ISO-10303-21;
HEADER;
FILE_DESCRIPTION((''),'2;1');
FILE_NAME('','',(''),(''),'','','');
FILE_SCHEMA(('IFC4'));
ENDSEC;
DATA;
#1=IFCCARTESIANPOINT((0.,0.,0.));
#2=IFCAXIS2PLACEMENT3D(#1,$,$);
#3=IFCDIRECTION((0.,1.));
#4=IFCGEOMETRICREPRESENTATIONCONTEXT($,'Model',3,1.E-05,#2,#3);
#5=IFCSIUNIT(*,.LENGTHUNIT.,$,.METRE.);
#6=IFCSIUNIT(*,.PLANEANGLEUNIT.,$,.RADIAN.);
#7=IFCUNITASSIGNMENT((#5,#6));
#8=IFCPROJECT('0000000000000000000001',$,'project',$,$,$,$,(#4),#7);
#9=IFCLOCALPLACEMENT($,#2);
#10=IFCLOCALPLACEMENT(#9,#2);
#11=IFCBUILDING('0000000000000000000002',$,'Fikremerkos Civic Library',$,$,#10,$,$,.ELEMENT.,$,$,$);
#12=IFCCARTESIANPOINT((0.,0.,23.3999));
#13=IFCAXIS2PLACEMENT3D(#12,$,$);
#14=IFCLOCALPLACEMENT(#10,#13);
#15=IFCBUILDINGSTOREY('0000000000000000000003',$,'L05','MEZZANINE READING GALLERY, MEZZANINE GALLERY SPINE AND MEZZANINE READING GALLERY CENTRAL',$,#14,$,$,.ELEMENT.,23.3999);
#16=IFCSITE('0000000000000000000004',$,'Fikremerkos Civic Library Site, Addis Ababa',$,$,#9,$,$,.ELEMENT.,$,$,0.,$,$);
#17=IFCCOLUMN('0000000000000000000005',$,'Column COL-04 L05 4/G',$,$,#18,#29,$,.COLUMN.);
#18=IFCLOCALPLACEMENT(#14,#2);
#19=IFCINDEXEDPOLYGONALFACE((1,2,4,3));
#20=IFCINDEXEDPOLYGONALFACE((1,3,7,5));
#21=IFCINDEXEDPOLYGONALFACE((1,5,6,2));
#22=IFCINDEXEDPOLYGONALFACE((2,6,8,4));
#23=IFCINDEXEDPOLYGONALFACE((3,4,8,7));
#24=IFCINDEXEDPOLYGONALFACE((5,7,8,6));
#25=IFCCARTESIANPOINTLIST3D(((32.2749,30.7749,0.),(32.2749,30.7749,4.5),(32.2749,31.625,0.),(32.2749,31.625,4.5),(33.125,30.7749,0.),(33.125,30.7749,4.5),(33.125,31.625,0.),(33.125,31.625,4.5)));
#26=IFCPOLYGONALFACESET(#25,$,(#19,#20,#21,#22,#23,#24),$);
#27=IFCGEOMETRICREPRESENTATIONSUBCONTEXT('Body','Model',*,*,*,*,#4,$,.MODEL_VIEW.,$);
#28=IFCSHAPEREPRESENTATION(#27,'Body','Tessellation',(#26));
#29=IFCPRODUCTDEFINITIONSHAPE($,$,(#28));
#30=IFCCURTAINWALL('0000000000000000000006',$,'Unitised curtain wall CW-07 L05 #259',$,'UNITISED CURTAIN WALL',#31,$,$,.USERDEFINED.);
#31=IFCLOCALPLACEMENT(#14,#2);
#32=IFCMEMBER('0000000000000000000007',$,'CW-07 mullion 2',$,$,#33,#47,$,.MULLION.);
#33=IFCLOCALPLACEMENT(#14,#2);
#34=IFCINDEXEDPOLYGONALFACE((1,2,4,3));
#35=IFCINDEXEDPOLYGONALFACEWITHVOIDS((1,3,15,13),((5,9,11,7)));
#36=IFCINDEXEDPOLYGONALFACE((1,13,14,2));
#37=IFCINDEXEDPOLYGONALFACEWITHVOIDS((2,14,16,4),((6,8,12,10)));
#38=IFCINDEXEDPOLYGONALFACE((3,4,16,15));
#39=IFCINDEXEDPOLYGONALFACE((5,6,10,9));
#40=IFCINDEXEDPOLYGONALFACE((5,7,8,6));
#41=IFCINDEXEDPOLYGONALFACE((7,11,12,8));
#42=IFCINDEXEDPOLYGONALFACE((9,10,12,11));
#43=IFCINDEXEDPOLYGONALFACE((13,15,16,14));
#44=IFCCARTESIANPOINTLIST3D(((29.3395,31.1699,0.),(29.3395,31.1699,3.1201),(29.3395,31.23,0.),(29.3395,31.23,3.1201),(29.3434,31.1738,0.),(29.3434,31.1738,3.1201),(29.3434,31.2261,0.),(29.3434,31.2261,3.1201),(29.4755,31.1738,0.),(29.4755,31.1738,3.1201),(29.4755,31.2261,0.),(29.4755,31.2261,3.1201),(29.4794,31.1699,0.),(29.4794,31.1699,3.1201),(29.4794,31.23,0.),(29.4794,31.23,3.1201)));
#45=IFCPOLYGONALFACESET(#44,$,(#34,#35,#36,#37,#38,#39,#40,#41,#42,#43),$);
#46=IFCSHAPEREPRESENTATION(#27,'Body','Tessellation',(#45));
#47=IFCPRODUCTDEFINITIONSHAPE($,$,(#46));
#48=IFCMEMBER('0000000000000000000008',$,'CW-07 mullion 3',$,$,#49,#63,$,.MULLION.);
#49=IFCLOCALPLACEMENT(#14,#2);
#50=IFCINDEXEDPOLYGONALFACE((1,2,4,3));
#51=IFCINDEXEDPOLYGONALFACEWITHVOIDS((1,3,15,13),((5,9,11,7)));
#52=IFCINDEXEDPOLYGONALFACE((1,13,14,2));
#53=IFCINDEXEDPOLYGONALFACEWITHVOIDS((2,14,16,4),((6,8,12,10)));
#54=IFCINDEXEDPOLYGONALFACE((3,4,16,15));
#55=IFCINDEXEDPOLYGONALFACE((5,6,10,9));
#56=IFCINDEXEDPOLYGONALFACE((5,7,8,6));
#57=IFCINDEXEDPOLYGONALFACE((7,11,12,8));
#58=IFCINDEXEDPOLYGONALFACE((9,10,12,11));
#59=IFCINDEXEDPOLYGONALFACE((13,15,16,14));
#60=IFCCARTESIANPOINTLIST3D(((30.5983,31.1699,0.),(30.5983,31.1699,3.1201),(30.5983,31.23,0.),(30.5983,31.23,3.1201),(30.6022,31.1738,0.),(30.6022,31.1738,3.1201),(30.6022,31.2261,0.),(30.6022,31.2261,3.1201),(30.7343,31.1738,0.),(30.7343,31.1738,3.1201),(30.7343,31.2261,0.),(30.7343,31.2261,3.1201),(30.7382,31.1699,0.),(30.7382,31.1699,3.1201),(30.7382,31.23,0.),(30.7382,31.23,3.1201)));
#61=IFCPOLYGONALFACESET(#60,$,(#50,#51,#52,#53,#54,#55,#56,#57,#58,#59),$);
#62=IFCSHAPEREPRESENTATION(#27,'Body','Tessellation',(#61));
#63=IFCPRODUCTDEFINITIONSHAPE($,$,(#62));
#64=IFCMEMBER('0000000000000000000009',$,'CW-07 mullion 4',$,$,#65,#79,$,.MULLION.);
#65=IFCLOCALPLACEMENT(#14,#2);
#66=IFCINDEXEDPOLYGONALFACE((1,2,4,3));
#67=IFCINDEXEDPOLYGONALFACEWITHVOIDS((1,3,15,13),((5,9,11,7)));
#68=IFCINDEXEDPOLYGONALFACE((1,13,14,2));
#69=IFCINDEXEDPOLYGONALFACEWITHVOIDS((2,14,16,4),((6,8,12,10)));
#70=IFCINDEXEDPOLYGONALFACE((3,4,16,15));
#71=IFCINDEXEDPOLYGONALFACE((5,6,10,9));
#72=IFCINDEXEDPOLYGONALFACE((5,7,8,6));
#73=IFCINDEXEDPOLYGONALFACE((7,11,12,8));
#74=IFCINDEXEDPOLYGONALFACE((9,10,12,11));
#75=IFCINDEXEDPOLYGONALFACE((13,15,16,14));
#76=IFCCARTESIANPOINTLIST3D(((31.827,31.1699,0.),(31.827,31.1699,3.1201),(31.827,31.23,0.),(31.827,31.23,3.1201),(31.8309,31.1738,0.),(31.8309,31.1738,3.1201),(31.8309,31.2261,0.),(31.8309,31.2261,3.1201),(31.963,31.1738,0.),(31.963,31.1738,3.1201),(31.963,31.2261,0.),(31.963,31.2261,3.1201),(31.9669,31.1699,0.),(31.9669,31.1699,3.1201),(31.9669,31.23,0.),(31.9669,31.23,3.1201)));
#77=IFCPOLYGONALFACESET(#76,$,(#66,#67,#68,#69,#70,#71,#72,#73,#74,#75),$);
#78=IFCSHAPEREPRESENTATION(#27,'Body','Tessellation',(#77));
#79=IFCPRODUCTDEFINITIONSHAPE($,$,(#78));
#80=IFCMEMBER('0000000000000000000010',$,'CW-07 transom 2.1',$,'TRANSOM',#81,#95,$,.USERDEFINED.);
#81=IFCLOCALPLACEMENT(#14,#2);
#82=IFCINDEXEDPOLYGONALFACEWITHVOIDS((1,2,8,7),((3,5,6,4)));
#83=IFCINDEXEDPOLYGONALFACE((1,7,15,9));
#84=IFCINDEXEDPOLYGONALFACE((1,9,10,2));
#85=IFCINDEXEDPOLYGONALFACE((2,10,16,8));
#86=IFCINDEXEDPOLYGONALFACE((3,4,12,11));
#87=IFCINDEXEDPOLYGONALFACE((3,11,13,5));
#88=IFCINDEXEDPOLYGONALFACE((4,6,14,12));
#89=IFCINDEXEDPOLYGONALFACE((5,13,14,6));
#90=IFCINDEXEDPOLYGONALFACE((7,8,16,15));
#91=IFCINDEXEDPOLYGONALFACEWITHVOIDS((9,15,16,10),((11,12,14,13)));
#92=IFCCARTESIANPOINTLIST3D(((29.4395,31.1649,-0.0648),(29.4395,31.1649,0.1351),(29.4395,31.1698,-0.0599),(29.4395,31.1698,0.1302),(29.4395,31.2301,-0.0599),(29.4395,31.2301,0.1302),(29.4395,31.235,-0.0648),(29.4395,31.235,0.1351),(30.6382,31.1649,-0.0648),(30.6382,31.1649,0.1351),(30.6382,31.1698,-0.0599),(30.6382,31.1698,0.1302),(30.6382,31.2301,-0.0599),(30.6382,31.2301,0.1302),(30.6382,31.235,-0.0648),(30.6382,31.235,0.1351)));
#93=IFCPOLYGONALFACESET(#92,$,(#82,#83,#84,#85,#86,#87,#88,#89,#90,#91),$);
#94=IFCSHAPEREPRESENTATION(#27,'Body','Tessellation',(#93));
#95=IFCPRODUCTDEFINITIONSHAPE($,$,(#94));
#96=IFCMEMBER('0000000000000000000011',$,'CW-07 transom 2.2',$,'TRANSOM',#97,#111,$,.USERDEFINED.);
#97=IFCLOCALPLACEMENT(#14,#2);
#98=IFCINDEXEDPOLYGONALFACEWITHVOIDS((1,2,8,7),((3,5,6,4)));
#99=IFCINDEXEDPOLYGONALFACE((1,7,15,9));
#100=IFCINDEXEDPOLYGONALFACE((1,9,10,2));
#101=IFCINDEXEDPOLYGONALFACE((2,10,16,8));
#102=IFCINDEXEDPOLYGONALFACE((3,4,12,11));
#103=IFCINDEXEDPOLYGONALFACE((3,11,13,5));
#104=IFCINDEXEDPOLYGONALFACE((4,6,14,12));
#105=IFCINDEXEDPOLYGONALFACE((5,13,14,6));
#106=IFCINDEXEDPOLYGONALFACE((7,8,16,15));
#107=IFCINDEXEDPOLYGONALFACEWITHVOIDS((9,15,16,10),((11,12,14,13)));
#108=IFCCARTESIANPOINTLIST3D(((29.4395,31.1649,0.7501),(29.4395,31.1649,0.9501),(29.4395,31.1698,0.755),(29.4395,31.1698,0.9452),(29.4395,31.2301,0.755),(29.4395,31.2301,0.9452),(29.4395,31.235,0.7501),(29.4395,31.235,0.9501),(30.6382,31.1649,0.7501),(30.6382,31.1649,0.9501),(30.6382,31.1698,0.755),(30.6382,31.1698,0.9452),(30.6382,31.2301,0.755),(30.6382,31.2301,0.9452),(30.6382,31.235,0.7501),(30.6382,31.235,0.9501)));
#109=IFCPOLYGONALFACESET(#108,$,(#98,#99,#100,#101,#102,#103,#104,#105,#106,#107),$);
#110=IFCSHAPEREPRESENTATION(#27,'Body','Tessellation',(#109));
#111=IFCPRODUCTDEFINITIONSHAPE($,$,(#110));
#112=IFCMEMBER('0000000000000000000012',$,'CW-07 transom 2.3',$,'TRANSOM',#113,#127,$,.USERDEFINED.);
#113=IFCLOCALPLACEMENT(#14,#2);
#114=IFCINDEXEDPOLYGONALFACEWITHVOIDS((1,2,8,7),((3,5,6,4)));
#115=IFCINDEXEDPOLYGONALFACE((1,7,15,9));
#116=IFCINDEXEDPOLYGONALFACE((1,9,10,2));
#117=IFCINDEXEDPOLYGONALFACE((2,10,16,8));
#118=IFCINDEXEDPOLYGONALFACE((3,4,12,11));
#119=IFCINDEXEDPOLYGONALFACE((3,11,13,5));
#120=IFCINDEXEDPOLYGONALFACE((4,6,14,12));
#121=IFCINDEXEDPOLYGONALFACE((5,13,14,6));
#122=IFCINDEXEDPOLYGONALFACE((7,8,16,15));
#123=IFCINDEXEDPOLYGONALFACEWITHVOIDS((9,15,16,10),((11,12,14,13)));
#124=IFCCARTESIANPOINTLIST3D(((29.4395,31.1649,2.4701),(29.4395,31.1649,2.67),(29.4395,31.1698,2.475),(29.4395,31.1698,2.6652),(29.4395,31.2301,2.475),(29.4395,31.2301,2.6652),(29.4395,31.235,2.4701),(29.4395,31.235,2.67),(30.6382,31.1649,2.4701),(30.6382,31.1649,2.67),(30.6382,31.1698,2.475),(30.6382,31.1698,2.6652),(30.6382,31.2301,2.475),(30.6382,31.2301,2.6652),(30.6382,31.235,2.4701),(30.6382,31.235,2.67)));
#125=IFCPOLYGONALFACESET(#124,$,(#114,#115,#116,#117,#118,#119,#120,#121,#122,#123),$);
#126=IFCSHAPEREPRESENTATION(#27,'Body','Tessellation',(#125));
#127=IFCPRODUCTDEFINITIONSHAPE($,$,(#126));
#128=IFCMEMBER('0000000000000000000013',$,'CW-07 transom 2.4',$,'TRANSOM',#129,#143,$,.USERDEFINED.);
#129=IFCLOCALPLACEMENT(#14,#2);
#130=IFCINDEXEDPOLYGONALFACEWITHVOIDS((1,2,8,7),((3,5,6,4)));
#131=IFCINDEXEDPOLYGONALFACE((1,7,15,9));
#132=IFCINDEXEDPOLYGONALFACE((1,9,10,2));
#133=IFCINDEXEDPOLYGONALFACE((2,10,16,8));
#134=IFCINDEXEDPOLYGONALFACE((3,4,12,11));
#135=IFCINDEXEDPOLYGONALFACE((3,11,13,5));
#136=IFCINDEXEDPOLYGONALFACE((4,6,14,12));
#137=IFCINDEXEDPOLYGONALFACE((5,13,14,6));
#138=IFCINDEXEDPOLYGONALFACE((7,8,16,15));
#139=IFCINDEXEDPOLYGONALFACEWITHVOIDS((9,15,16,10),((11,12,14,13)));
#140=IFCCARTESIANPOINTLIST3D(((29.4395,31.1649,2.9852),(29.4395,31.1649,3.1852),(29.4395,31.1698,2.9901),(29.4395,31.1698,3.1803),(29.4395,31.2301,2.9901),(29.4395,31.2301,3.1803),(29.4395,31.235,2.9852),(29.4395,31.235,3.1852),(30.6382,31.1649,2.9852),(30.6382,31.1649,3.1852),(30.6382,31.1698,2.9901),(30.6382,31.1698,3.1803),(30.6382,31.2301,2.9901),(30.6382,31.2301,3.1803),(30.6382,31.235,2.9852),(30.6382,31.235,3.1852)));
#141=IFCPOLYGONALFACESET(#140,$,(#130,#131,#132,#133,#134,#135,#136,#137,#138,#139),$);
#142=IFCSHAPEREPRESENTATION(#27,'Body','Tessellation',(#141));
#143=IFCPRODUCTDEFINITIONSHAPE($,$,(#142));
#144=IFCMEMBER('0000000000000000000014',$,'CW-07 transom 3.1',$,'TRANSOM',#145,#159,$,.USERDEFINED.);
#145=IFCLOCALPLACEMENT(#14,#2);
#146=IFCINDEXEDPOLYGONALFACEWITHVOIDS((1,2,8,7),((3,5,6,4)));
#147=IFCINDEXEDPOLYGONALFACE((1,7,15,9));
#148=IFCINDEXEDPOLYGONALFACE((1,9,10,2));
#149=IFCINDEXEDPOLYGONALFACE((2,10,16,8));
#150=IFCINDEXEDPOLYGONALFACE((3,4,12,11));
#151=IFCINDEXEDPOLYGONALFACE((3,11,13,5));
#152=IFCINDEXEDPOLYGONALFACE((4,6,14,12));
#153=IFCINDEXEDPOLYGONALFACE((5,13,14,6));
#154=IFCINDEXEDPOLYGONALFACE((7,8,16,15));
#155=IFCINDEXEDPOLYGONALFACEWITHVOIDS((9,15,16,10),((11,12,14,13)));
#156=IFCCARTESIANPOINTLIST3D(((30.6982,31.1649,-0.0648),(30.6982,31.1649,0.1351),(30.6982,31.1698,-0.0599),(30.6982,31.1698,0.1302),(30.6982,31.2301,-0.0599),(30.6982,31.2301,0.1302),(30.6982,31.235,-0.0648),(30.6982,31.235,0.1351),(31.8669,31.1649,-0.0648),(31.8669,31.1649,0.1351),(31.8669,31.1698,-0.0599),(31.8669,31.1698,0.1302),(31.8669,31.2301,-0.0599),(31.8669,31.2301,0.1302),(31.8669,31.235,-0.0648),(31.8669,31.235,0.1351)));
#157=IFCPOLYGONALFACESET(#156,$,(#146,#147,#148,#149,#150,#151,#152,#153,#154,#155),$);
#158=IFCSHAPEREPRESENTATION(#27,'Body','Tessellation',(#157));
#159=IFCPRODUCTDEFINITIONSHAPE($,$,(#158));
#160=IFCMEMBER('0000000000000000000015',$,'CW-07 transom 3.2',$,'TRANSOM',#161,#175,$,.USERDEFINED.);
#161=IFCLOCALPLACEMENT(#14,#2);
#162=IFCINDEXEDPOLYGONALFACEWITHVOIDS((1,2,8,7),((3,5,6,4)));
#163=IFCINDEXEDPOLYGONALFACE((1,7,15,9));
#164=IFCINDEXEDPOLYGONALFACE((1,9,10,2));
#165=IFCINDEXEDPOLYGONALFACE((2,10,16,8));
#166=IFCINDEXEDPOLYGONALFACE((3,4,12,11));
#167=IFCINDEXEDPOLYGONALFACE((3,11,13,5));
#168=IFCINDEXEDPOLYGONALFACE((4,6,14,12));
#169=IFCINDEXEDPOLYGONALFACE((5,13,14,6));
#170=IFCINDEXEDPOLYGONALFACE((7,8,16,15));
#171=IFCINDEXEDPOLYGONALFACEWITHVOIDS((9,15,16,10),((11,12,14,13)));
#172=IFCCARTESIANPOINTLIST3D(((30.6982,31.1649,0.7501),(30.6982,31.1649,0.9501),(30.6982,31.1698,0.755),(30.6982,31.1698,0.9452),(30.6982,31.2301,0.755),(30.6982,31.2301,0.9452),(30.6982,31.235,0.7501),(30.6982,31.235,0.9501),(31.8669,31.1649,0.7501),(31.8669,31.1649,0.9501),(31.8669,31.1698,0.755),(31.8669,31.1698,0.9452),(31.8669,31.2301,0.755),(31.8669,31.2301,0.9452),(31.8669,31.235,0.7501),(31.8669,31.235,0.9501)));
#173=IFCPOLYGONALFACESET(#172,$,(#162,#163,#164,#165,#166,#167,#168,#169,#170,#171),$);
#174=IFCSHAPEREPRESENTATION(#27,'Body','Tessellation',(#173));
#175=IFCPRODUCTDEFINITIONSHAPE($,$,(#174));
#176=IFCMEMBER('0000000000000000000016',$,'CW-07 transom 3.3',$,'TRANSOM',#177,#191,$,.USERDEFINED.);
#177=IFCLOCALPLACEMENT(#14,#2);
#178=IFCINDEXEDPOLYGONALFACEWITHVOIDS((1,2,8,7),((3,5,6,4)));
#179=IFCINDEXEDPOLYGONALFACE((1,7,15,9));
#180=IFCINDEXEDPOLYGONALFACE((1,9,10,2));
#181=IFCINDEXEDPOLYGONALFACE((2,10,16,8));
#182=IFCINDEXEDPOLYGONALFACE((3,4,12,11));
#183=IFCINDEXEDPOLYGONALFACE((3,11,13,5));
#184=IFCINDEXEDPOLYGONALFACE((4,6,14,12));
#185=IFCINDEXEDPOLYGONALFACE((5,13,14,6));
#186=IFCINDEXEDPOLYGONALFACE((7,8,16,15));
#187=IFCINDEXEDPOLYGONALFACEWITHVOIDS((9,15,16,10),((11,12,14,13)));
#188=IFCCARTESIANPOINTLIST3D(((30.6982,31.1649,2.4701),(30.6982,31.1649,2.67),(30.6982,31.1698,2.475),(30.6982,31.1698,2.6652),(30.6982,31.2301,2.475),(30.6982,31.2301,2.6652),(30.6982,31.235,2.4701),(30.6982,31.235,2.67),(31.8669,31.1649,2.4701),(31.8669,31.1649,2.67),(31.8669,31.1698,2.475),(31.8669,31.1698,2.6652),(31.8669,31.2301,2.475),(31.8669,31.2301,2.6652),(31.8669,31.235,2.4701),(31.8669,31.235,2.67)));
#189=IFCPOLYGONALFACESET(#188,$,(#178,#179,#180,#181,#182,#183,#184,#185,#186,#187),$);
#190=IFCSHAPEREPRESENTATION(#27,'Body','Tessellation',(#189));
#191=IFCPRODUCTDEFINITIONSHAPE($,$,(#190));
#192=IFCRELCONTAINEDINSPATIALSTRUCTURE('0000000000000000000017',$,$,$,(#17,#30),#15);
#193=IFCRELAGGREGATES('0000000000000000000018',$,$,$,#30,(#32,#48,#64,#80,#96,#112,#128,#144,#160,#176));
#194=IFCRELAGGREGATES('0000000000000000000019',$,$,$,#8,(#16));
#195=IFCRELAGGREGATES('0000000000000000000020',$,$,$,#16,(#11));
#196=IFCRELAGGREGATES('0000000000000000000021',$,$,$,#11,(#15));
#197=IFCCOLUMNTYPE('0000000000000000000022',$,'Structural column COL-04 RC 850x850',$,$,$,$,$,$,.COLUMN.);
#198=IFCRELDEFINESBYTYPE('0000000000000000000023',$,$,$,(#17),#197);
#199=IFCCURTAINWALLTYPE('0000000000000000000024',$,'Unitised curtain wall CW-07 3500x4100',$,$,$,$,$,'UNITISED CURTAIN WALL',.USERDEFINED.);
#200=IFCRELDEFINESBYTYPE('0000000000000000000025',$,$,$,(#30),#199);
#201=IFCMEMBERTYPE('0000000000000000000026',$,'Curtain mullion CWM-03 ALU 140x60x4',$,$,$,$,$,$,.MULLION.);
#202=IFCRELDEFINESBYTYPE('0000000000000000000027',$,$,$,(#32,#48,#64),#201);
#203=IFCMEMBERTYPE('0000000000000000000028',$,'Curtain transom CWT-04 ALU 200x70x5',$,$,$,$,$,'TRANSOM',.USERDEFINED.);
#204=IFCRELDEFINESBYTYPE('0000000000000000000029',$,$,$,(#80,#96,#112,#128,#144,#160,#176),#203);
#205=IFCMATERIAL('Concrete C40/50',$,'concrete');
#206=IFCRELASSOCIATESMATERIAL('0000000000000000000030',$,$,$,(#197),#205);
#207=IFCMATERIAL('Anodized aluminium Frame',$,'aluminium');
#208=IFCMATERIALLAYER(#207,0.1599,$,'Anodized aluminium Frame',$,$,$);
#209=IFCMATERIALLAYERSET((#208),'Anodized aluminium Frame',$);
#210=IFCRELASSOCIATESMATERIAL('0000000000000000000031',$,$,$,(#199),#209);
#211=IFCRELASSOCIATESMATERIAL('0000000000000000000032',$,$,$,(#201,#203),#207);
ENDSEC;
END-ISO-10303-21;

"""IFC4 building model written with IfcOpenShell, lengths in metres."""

from ifc_helpers import new_model, si_unit, direction, frame, origin, origin_2d, place, context, subcontext, project, spatial, rectangle, hollow_rectangle, extrude, material, layer, layer_set, material_profile, profile_set, type_object, element, aggregate, save


model = new_model("IFC4")

# Units and contexts
model_context = context("Model", 3, precision=1e-05, world=origin(), true_north=direction((0.0, 1.0)))
body_context = subcontext(model_context, "Body", "Model", "MODEL_VIEW")
ifc_project = project(units=[si_unit("LENGTHUNIT", "METRE"), si_unit("PLANEANGLEUNIT", "RADIAN")], contexts=[model_context])

# Site, building, storey
site_placement = place(None, origin())
site = spatial("IfcSite", under=ifc_project, at=site_placement, Name="Fikremerkos Civic Library Site, Addis Ababa", CompositionType="ELEMENT", RefElevation=0.0)
building_placement = place(site_placement, origin())
building = spatial("IfcBuilding", under=site, at=building_placement, Name="Fikremerkos Civic Library", CompositionType="ELEMENT")
storey_placement = place(building_placement, frame((0.0, 0.0, 23.3999)))
storey = spatial("IfcBuildingStorey", under=building, at=storey_placement, Name="L05", Description="MEZZANINE READING GALLERY, MEZZANINE GALLERY SPINE AND MEZZANINE READING GALLERY CENTRAL", CompositionType="ELEMENT", Elevation=23.3999)

# Column
ifc_material_1 = material(Name="Concrete C40/50", Category="concrete")
ifc_material_profile_1 = material_profile(ifc_material_1, rectangle(XDim=0.8501, YDim=0.8501, at=origin_2d()), Name="RC 850x850")
ifc_profile_set_1 = profile_set([ifc_material_profile_1], Name="Concrete C40/50")
column_type = type_object("IfcColumnType", Name="Structural column COL-04 RC 850x850", PredefinedType="COLUMN", material=ifc_profile_set_1)
column_placement = place(storey_placement, frame((32.7, 31.2, 0.0), z_axis=(0.0, 0.0, 1.0), x_axis=(1.0, 0.0, 0.0)))
element("IfcColumn", 1, at=column_placement, inside=storey, type_object=column_type, Name="Column COL-04 L05 4/G", PredefinedType="COLUMN", context=body_context, shape_type="SweptSolid", body=[
    extrude(rectangle(XDim=0.8501, YDim=0.8501, at=origin_2d()), origin(), (0.0, 0.0, 1.0), 4.5),
])

# Curtain wall, members
ifc_material_2 = material(Name="Anodized aluminium Frame", Category="aluminium")
ifc_layer_1 = layer(ifc_material_2, 0.1599, Name="Anodized aluminium Frame")
ifc_layer_set_1 = layer_set([ifc_layer_1], Name="Anodized aluminium Frame")
curtain_wall_type = type_object("IfcCurtainWallType", Name="Unitised curtain wall CW-07 3500x4100", ElementType="UNITISED CURTAIN WALL", PredefinedType="USERDEFINED", material=ifc_layer_set_1)
curtain_wall_placement = place(storey_placement, origin())
curtain_wall = element("IfcCurtainWall", 2, at=curtain_wall_placement, inside=storey, type_object=curtain_wall_type, Name="Unitised curtain wall CW-07 L05 #259", ObjectType="UNITISED CURTAIN WALL", PredefinedType="USERDEFINED")
ifc_material_profile_2 = material_profile(ifc_material_2, hollow_rectangle(XDim=0.0601, YDim=0.1399, WallThickness=0.0039, at=origin_2d()), Name="ALU 140x60x4")
ifc_profile_set_2 = profile_set([ifc_material_profile_2], Name="Anodized aluminium Frame")
member_type_1 = type_object("IfcMemberType", Name="Curtain mullion CWM-03 ALU 140x60x4", PredefinedType="MULLION", material=ifc_profile_set_2)
member_1_placement = place(storey_placement, frame((29.4094, 31.2, 0.0), z_axis=(0.0, 0.0, 1.0), x_axis=(0.0, 1.0, 0.0)))
member_1 = element("IfcMember", 3, at=member_1_placement, type_object=member_type_1, Name="CW-07 mullion 2", PredefinedType="MULLION", context=body_context, shape_type="SweptSolid", body=[
    extrude(hollow_rectangle(XDim=0.0601, YDim=0.1399, WallThickness=0.0039, at=origin_2d()), origin(), (0.0, 0.0, 1.0), 3.1201),
])
member_2_placement = place(storey_placement, frame((30.6682, 31.2, 0.0), z_axis=(0.0, 0.0, 1.0), x_axis=(0.0, 1.0, 0.0)))
member_2 = element("IfcMember", 4, at=member_2_placement, type_object=member_type_1, Name="CW-07 mullion 3", PredefinedType="MULLION", context=body_context, shape_type="SweptSolid", body=[
    extrude(hollow_rectangle(XDim=0.0601, YDim=0.1399, WallThickness=0.0039, at=origin_2d()), origin(), (0.0, 0.0, 1.0), 3.1201),
])
member_3_placement = place(storey_placement, frame((31.897, 31.2, 0.0), z_axis=(0.0, 0.0, 1.0), x_axis=(0.0, 1.0, 0.0)))
member_3 = element("IfcMember", 5, at=member_3_placement, type_object=member_type_1, Name="CW-07 mullion 4", PredefinedType="MULLION", context=body_context, shape_type="SweptSolid", body=[
    extrude(hollow_rectangle(XDim=0.0601, YDim=0.1399, WallThickness=0.0039, at=origin_2d()), origin(), (0.0, 0.0, 1.0), 3.1201),
])
ifc_material_profile_3 = material_profile(ifc_material_2, hollow_rectangle(XDim=0.0701, YDim=0.2, WallThickness=0.0049, at=origin_2d()), Name="ALU 200x70x5")
ifc_profile_set_3 = profile_set([ifc_material_profile_3], Name="Anodized aluminium Frame")
member_type_2 = type_object("IfcMemberType", Name="Curtain transom CWT-04 ALU 200x70x5", ElementType="TRANSOM", PredefinedType="USERDEFINED", material=ifc_profile_set_3)
member_4_placement = place(storey_placement, frame((29.4395, 31.2, 0.0352), z_axis=(1.0, 0.0, 0.0), x_axis=(0.0, 1.0, 0.0)))
member_4 = element("IfcMember", 6, at=member_4_placement, type_object=member_type_2, Name="CW-07 transom 2.1", ObjectType="TRANSOM", PredefinedType="USERDEFINED", context=body_context, shape_type="SweptSolid", body=[
    extrude(hollow_rectangle(XDim=0.0701, YDim=0.2, WallThickness=0.0049, at=origin_2d()), origin(), (0.0, 0.0, 1.0), 1.1987),
])
member_5_placement = place(storey_placement, frame((29.4395, 31.2, 0.8501), z_axis=(1.0, 0.0, 0.0), x_axis=(0.0, 1.0, 0.0)))
member_5 = element("IfcMember", 7, at=member_5_placement, type_object=member_type_2, Name="CW-07 transom 2.2", ObjectType="TRANSOM", PredefinedType="USERDEFINED", context=body_context, shape_type="SweptSolid", body=[
    extrude(hollow_rectangle(XDim=0.0701, YDim=0.2, WallThickness=0.0049, at=origin_2d()), origin(), (0.0, 0.0, 1.0), 1.1987),
])
member_6_placement = place(storey_placement, frame((29.4395, 31.2, 2.5701), z_axis=(1.0, 0.0, 0.0), x_axis=(0.0, 1.0, 0.0)))
member_6 = element("IfcMember", 8, at=member_6_placement, type_object=member_type_2, Name="CW-07 transom 2.3", ObjectType="TRANSOM", PredefinedType="USERDEFINED", context=body_context, shape_type="SweptSolid", body=[
    extrude(hollow_rectangle(XDim=0.0701, YDim=0.2, WallThickness=0.0049, at=origin_2d()), origin(), (0.0, 0.0, 1.0), 1.1987),
])
member_7_placement = place(storey_placement, frame((29.4395, 31.2, 3.0852), z_axis=(1.0, 0.0, 0.0), x_axis=(0.0, 1.0, 0.0)))
member_7 = element("IfcMember", 9, at=member_7_placement, type_object=member_type_2, Name="CW-07 transom 2.4", ObjectType="TRANSOM", PredefinedType="USERDEFINED", context=body_context, shape_type="SweptSolid", body=[
    extrude(hollow_rectangle(XDim=0.0701, YDim=0.2, WallThickness=0.0049, at=origin_2d()), origin(), (0.0, 0.0, 1.0), 1.1987),
])
member_8_placement = place(storey_placement, frame((30.6982, 31.2, 0.0352), z_axis=(1.0, 0.0, 0.0), x_axis=(0.0, 1.0, 0.0)))
member_8 = element("IfcMember", 10, at=member_8_placement, type_object=member_type_2, Name="CW-07 transom 3.1", ObjectType="TRANSOM", PredefinedType="USERDEFINED", context=body_context, shape_type="SweptSolid", body=[
    extrude(hollow_rectangle(XDim=0.0701, YDim=0.2, WallThickness=0.0049, at=origin_2d()), origin(), (0.0, 0.0, 1.0), 1.1687),
])
member_9_placement = place(storey_placement, frame((30.6982, 31.2, 0.8501), z_axis=(1.0, 0.0, 0.0), x_axis=(0.0, 1.0, 0.0)))
member_9 = element("IfcMember", 11, at=member_9_placement, type_object=member_type_2, Name="CW-07 transom 3.2", ObjectType="TRANSOM", PredefinedType="USERDEFINED", context=body_context, shape_type="SweptSolid", body=[
    extrude(hollow_rectangle(XDim=0.0701, YDim=0.2, WallThickness=0.0049, at=origin_2d()), origin(), (0.0, 0.0, 1.0), 1.1687),
])
member_10_placement = place(storey_placement, frame((30.6982, 31.2, 2.5701), z_axis=(1.0, 0.0, 0.0), x_axis=(0.0, 1.0, 0.0)))
member_10 = element("IfcMember", 12, at=member_10_placement, type_object=member_type_2, Name="CW-07 transom 3.3", ObjectType="TRANSOM", PredefinedType="USERDEFINED", context=body_context, shape_type="SweptSolid", body=[
    extrude(hollow_rectangle(XDim=0.0701, YDim=0.2, WallThickness=0.0049, at=origin_2d()), origin(), (0.0, 0.0, 1.0), 1.1687),
])

aggregate(curtain_wall, [member_1, member_2, member_3, member_4, member_5, member_6, member_7, member_8, member_9, member_10])

save(model, "model.ifc")
